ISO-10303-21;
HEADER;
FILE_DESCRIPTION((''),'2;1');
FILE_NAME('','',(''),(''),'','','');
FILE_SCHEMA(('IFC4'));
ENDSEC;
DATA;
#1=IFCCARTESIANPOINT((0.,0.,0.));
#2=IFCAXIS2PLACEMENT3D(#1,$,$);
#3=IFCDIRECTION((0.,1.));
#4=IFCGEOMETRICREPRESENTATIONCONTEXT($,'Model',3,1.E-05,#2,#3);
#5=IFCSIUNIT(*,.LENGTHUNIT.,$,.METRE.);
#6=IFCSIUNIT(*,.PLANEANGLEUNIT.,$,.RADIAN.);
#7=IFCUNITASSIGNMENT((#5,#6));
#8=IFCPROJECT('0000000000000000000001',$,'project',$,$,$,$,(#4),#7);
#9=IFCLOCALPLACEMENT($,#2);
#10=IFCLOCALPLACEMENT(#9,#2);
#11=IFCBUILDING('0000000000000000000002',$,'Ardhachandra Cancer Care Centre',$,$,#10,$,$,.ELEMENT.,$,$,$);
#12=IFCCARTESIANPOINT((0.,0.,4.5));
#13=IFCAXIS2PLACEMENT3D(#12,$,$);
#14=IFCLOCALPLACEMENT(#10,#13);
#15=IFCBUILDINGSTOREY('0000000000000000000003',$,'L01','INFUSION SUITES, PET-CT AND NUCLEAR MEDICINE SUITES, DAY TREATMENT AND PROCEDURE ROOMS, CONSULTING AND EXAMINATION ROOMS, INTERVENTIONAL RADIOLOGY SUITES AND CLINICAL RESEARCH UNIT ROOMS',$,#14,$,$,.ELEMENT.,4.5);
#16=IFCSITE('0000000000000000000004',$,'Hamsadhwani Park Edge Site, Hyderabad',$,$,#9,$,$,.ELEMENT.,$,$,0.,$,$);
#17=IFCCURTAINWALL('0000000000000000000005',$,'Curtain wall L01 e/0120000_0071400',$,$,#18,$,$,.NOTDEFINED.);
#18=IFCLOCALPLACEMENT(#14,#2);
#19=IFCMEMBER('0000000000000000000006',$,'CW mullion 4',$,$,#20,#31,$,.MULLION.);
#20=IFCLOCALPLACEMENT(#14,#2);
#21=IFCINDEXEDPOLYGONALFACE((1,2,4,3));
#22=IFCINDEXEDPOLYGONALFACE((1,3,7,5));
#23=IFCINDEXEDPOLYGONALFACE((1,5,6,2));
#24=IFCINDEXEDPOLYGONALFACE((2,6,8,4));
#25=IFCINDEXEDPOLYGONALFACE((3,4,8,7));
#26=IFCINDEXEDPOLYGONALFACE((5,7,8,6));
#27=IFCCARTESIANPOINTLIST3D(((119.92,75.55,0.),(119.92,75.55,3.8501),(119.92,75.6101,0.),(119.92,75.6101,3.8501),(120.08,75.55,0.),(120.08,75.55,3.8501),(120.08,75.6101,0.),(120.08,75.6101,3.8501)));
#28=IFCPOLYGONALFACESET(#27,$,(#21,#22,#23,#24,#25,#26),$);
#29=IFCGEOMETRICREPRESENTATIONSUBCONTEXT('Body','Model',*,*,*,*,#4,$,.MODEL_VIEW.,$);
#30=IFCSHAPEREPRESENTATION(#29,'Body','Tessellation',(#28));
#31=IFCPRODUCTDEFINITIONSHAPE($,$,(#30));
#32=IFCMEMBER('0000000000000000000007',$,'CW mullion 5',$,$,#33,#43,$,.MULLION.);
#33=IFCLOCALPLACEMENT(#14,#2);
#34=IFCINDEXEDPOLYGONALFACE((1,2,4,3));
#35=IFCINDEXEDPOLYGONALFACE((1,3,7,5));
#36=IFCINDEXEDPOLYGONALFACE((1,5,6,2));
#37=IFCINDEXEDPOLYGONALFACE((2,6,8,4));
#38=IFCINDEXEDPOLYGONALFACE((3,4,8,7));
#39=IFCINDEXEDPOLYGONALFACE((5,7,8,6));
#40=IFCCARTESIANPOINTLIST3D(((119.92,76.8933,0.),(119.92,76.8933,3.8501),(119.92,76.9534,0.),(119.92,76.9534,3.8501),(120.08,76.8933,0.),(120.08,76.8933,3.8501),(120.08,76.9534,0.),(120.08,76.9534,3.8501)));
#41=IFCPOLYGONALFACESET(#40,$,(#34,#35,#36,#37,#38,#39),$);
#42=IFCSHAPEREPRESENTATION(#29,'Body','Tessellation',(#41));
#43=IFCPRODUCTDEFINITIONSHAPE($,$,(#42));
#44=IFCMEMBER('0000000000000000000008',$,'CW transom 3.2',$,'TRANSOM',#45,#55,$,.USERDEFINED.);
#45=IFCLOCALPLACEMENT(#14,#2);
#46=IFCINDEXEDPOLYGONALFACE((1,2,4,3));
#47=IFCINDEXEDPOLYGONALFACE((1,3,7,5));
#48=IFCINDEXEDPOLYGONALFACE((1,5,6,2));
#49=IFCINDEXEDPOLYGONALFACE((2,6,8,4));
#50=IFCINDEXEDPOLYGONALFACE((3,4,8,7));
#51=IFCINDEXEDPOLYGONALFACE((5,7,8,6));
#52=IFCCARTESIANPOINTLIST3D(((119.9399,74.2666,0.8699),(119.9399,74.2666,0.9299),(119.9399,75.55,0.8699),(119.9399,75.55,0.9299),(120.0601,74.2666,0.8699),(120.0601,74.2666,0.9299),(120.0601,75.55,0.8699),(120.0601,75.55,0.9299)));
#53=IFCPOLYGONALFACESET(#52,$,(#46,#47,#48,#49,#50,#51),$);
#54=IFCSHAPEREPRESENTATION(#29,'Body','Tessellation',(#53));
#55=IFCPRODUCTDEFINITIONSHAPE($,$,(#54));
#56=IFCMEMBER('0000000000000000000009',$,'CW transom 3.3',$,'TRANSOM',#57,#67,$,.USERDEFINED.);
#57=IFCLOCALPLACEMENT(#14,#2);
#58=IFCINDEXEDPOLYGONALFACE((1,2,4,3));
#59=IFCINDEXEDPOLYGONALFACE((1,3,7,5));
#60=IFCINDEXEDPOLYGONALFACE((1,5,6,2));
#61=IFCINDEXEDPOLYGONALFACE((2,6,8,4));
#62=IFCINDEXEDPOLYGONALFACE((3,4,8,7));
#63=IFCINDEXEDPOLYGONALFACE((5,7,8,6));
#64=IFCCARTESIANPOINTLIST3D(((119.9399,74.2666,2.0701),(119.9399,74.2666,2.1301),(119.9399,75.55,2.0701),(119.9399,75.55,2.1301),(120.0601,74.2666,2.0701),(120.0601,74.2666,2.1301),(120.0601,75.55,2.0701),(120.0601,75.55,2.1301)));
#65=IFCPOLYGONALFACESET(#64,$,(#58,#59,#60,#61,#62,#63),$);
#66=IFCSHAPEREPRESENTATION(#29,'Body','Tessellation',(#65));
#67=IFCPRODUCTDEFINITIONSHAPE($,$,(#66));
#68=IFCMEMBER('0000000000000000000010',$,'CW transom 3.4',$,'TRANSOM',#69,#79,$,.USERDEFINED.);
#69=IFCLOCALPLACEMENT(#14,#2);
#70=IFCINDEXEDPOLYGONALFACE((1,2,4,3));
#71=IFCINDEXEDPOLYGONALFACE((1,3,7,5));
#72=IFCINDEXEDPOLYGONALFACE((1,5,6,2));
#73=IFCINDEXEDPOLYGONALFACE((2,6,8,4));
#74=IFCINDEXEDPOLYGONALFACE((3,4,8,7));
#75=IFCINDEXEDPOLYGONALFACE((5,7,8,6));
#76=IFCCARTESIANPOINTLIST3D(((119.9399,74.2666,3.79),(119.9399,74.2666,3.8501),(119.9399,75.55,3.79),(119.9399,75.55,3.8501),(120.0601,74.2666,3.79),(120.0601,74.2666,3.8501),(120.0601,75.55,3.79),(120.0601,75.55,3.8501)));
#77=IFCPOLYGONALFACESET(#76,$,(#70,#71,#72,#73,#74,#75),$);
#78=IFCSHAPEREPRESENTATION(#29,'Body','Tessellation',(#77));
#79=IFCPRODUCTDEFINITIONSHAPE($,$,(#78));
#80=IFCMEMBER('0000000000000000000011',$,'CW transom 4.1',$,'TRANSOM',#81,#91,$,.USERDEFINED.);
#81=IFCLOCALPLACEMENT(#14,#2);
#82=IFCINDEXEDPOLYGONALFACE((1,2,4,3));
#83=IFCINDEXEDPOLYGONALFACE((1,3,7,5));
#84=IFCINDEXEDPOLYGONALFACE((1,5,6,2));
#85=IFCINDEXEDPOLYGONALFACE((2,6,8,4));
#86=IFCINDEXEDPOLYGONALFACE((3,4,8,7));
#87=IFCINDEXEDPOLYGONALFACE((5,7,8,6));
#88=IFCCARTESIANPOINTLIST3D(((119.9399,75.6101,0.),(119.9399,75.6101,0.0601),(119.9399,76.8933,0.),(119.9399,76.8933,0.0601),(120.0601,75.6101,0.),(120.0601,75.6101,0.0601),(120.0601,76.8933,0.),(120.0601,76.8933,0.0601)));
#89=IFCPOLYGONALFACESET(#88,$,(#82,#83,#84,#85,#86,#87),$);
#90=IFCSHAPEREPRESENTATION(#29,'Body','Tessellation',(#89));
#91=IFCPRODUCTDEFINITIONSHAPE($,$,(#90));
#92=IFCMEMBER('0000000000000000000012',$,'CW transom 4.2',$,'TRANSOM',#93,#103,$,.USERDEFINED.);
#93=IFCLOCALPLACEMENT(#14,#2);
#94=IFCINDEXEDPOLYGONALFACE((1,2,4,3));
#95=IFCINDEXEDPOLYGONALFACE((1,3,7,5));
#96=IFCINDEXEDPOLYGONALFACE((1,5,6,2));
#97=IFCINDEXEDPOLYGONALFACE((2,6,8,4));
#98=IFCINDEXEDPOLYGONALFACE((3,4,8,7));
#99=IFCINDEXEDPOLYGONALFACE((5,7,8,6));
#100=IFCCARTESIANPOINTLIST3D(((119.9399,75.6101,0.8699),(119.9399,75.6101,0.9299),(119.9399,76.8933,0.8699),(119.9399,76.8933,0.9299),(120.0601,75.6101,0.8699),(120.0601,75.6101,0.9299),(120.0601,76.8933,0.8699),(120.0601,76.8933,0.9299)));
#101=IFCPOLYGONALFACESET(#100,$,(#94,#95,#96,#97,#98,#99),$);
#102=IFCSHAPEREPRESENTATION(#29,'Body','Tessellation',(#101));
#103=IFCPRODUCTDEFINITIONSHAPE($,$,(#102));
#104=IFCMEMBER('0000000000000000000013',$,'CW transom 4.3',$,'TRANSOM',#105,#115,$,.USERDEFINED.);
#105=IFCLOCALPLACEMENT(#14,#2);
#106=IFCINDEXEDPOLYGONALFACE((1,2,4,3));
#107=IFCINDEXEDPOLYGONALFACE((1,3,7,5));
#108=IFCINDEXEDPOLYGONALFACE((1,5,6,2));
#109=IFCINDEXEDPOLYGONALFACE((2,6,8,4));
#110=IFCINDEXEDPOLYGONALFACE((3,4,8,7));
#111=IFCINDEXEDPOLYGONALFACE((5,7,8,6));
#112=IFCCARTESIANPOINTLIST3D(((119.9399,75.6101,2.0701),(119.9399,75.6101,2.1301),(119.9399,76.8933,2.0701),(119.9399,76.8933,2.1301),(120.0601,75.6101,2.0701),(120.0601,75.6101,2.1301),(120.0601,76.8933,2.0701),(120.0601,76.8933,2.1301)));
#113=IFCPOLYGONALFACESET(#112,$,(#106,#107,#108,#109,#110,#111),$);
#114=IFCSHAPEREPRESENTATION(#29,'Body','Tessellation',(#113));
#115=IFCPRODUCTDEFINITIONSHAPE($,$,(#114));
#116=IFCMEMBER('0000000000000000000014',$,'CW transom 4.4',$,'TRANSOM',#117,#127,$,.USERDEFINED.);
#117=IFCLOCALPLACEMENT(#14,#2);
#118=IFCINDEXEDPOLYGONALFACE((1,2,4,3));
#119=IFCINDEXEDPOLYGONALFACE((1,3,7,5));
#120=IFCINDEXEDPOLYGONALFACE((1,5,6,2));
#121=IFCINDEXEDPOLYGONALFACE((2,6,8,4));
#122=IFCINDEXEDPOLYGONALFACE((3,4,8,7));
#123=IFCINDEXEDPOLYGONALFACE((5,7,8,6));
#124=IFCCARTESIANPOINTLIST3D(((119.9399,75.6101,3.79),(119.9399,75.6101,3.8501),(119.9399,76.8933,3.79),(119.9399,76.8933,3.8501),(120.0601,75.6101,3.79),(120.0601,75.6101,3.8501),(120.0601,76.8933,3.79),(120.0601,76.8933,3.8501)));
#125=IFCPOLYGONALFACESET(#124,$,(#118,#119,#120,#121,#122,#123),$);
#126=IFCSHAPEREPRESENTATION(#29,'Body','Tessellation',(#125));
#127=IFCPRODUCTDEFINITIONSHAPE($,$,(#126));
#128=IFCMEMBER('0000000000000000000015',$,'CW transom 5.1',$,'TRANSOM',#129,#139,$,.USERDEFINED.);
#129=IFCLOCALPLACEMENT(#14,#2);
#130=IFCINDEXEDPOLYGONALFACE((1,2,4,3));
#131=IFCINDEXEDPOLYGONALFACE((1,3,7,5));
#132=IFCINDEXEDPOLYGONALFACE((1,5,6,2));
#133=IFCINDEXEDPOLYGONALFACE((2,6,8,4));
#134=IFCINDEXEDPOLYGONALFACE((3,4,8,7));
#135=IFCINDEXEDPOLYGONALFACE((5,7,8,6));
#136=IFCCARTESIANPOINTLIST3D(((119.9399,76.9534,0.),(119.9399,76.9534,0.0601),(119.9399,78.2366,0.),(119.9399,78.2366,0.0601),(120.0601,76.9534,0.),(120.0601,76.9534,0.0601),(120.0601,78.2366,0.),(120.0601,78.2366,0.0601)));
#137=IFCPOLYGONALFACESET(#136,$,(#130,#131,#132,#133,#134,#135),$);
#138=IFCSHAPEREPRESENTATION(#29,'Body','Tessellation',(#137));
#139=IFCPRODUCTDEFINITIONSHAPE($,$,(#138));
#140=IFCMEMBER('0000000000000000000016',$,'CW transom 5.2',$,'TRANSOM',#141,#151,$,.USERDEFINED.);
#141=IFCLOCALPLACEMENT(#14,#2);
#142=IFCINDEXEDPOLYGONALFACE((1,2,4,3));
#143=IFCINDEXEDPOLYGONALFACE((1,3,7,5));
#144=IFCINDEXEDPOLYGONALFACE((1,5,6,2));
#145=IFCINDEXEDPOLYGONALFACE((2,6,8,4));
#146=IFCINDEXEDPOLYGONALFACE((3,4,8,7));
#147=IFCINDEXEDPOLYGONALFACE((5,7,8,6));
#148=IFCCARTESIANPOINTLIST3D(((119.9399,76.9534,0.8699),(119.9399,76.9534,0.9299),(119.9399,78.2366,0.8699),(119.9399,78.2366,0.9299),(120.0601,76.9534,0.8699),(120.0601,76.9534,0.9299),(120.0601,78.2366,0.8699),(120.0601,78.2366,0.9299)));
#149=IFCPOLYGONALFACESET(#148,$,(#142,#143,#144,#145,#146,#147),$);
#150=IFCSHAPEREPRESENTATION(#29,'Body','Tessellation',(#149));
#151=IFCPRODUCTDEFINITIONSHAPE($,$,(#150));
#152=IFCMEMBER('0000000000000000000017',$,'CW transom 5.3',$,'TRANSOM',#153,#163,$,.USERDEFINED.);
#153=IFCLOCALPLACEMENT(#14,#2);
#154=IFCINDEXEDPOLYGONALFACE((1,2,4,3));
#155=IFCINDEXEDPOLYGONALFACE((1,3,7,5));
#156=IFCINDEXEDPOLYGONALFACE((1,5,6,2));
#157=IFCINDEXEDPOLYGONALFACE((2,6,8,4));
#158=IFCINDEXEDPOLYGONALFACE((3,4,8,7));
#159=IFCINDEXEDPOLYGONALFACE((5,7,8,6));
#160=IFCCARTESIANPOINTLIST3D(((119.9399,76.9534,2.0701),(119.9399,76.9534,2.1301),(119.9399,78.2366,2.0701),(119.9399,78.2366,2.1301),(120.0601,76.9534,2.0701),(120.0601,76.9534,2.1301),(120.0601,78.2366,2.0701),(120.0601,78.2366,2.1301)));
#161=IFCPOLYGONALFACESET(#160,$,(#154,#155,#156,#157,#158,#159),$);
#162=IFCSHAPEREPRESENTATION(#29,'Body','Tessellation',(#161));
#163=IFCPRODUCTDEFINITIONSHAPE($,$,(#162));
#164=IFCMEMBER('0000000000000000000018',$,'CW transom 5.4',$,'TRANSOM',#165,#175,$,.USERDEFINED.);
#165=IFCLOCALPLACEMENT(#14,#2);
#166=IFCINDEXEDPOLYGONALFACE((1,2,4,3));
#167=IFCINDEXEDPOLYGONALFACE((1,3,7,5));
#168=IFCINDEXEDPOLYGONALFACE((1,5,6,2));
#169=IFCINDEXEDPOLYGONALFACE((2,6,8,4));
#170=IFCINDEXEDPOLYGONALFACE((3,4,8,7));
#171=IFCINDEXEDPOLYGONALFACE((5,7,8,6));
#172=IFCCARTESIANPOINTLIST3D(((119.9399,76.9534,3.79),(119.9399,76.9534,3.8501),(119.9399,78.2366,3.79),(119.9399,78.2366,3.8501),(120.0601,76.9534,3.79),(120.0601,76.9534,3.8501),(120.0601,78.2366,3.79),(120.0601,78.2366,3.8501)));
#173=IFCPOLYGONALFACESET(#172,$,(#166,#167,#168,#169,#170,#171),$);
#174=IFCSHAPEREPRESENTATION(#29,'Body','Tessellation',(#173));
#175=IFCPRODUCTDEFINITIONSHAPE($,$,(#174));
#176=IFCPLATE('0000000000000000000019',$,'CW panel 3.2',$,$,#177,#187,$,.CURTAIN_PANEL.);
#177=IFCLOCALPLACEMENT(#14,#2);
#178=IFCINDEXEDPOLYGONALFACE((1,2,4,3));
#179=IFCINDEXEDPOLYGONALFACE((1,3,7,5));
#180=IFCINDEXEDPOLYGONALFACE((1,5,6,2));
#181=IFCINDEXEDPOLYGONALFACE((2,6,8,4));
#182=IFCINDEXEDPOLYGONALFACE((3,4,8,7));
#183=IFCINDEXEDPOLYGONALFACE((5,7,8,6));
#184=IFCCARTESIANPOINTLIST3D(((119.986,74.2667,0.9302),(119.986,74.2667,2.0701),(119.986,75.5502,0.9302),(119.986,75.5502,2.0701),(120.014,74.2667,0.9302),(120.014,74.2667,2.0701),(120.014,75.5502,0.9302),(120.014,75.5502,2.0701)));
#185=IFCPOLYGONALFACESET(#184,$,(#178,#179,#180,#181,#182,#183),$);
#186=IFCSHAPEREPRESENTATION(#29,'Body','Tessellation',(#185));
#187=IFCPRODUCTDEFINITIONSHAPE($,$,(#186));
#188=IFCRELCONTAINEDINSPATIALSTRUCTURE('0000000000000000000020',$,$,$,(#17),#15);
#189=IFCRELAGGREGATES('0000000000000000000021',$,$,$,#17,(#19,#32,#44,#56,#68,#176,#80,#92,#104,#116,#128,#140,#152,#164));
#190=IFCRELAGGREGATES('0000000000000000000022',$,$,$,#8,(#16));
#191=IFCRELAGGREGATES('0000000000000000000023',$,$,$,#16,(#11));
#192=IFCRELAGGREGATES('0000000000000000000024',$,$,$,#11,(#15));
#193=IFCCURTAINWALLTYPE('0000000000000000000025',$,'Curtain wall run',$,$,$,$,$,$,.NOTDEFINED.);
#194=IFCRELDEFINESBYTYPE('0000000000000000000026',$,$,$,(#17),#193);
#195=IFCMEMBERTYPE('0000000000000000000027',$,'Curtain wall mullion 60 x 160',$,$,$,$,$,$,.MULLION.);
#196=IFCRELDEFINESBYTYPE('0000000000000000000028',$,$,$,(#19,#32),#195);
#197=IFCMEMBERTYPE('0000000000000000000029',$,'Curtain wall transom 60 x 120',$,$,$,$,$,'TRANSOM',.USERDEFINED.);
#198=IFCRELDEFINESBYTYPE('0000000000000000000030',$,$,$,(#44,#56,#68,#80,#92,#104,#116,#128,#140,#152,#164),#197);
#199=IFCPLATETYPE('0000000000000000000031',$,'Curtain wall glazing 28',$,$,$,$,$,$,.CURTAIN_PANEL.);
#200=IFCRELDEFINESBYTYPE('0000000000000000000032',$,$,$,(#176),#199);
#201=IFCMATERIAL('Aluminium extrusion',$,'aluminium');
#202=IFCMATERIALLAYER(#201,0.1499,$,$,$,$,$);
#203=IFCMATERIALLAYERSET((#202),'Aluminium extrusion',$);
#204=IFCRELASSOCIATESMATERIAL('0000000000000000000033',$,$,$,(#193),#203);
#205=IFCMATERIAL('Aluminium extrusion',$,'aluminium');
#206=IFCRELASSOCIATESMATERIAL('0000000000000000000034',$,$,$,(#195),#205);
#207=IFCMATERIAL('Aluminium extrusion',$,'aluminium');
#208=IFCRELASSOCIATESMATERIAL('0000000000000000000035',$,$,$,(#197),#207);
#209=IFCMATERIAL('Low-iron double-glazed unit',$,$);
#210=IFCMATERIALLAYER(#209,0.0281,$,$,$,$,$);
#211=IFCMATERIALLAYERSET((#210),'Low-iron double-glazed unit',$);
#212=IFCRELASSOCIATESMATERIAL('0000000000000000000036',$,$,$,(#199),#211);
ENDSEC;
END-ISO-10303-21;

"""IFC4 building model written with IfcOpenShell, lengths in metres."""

from ifc_helpers import new_model, si_unit, direction, frame, origin, origin_2d, place, context, subcontext, project, spatial, rectangle, extrude, material, layer, layer_set, material_profile, profile_set, type_object, element, aggregate, save


model = new_model("IFC4")

# Units and contexts
model_context = context("Model", 3, precision=1e-05, world=origin(), true_north=direction((0.0, 1.0)))
body_context = subcontext(model_context, "Body", "Model", "MODEL_VIEW")
ifc_project = project(units=[si_unit("LENGTHUNIT", "METRE"), si_unit("PLANEANGLEUNIT", "RADIAN")], contexts=[model_context])

# Site, building, storey
site_placement = place(None, origin())
site = spatial("IfcSite", under=ifc_project, at=site_placement, Name="Hamsadhwani Park Edge Site, Hyderabad", CompositionType="ELEMENT", RefElevation=0.0)
building_placement = place(site_placement, origin())
building = spatial("IfcBuilding", under=site, at=building_placement, Name="Ardhachandra Cancer Care Centre", CompositionType="ELEMENT")
storey_placement = place(building_placement, frame((0.0, 0.0, 4.5)))
storey = spatial("IfcBuildingStorey", under=building, at=storey_placement, Name="L01", Description="INFUSION SUITES, PET-CT AND NUCLEAR MEDICINE SUITES, DAY TREATMENT AND PROCEDURE ROOMS, CONSULTING AND EXAMINATION ROOMS, INTERVENTIONAL RADIOLOGY SUITES AND CLINICAL RESEARCH UNIT ROOMS", CompositionType="ELEMENT", Elevation=4.5)

# Curtain wall, members, plate
ifc_material_1 = material(Name="Aluminium extrusion", Category="aluminium")
ifc_layer_1 = layer(ifc_material_1, 0.1499)
ifc_layer_set_1 = layer_set([ifc_layer_1], Name="Aluminium extrusion")
curtain_wall_type = type_object("IfcCurtainWallType", Name="Curtain wall run", PredefinedType="NOTDEFINED", material=ifc_layer_set_1)
curtain_wall_placement = place(storey_placement, origin())
curtain_wall = element("IfcCurtainWall", 1, at=curtain_wall_placement, inside=storey, type_object=curtain_wall_type, Name="Curtain wall L01 e/0120000_0071400", PredefinedType="NOTDEFINED")
ifc_material_2 = material(Name="Aluminium extrusion", Category="aluminium")
ifc_material_profile_1 = material_profile(ifc_material_2, rectangle(XDim=0.1599, YDim=0.0601, at=origin_2d()), Name="Curtain wall mullion 60 x 160")
ifc_profile_set_1 = profile_set([ifc_material_profile_1], Name="Aluminium extrusion")
member_type_1 = type_object("IfcMemberType", Name="Curtain wall mullion 60 x 160", PredefinedType="MULLION", material=ifc_profile_set_1)
member_1_placement = place(storey_placement, frame((120.0, 75.5801, 0.0), z_axis=(0.0, 0.0, 1.0), x_axis=(-1.0, 0.0, 0.0)))
member_1 = element("IfcMember", 2, at=member_1_placement, type_object=member_type_1, Name="CW mullion 4", PredefinedType="MULLION", context=body_context, shape_type="SweptSolid", body=[
    extrude(rectangle(XDim=0.1599, YDim=0.0601, at=origin_2d()), origin(), (0.0, 0.0, 1.0), 3.8501),
])
member_2_placement = place(storey_placement, frame((120.0, 76.9233, 0.0), z_axis=(0.0, 0.0, 1.0), x_axis=(-1.0, 0.0, 0.0)))
member_2 = element("IfcMember", 3, at=member_2_placement, type_object=member_type_1, Name="CW mullion 5", PredefinedType="MULLION", context=body_context, shape_type="SweptSolid", body=[
    extrude(rectangle(XDim=0.1599, YDim=0.0601, at=origin_2d()), origin(), (0.0, 0.0, 1.0), 3.8501),
])
ifc_material_3 = material(Name="Aluminium extrusion", Category="aluminium")
ifc_material_profile_2 = material_profile(ifc_material_3, rectangle(XDim=0.1201, YDim=0.0601, at=origin_2d()), Name="Curtain wall transom 60 x 120")
ifc_profile_set_2 = profile_set([ifc_material_profile_2], Name="Aluminium extrusion")
member_type_2 = type_object("IfcMemberType", Name="Curtain wall transom 60 x 120", ElementType="TRANSOM", PredefinedType="USERDEFINED", material=ifc_profile_set_2)
member_3_placement = place(storey_placement, frame((120.0, 74.2666, 0.8999), z_axis=(0.0, 1.0, 0.0), x_axis=(-1.0, 0.0, 0.0)))
member_3 = element("IfcMember", 4, at=member_3_placement, type_object=member_type_2, Name="CW transom 3.2", ObjectType="TRANSOM", PredefinedType="USERDEFINED", context=body_context, shape_type="SweptSolid", body=[
    extrude(rectangle(XDim=0.1201, YDim=0.0601, at=origin_2d()), origin(), (0.0, 0.0, 1.0), 1.2834),
])
member_4_placement = place(storey_placement, frame((120.0, 74.2666, 2.1001), z_axis=(0.0, 1.0, 0.0), x_axis=(-1.0, 0.0, 0.0)))
member_4 = element("IfcMember", 5, at=member_4_placement, type_object=member_type_2, Name="CW transom 3.3", ObjectType="TRANSOM", PredefinedType="USERDEFINED", context=body_context, shape_type="SweptSolid", body=[
    extrude(rectangle(XDim=0.1201, YDim=0.0601, at=origin_2d()), origin(), (0.0, 0.0, 1.0), 1.2834),
])
member_5_placement = place(storey_placement, frame((120.0, 74.2666, 3.8201), z_axis=(0.0, 1.0, 0.0), x_axis=(-1.0, 0.0, 0.0)))
member_5 = element("IfcMember", 6, at=member_5_placement, type_object=member_type_2, Name="CW transom 3.4", ObjectType="TRANSOM", PredefinedType="USERDEFINED", context=body_context, shape_type="SweptSolid", body=[
    extrude(rectangle(XDim=0.1201, YDim=0.0601, at=origin_2d()), origin(), (0.0, 0.0, 1.0), 1.2834),
])
member_6_placement = place(storey_placement, frame((120.0, 75.6101, 0.03), z_axis=(0.0, 1.0, 0.0), x_axis=(-1.0, 0.0, 0.0)))
member_6 = element("IfcMember", 7, at=member_6_placement, type_object=member_type_2, Name="CW transom 4.1", ObjectType="TRANSOM", PredefinedType="USERDEFINED", context=body_context, shape_type="SweptSolid", body=[
    extrude(rectangle(XDim=0.1201, YDim=0.0601, at=origin_2d()), origin(), (0.0, 0.0, 1.0), 1.2832),
])
member_7_placement = place(storey_placement, frame((120.0, 75.6101, 0.8999), z_axis=(0.0, 1.0, 0.0), x_axis=(-1.0, 0.0, 0.0)))
member_7 = element("IfcMember", 8, at=member_7_placement, type_object=member_type_2, Name="CW transom 4.2", ObjectType="TRANSOM", PredefinedType="USERDEFINED", context=body_context, shape_type="SweptSolid", body=[
    extrude(rectangle(XDim=0.1201, YDim=0.0601, at=origin_2d()), origin(), (0.0, 0.0, 1.0), 1.2832),
])
member_8_placement = place(storey_placement, frame((120.0, 75.6101, 2.1001), z_axis=(0.0, 1.0, 0.0), x_axis=(-1.0, 0.0, 0.0)))
member_8 = element("IfcMember", 9, at=member_8_placement, type_object=member_type_2, Name="CW transom 4.3", ObjectType="TRANSOM", PredefinedType="USERDEFINED", context=body_context, shape_type="SweptSolid", body=[
    extrude(rectangle(XDim=0.1201, YDim=0.0601, at=origin_2d()), origin(), (0.0, 0.0, 1.0), 1.2832),
])
member_9_placement = place(storey_placement, frame((120.0, 75.6101, 3.8201), z_axis=(0.0, 1.0, 0.0), x_axis=(-1.0, 0.0, 0.0)))
member_9 = element("IfcMember", 10, at=member_9_placement, type_object=member_type_2, Name="CW transom 4.4", ObjectType="TRANSOM", PredefinedType="USERDEFINED", context=body_context, shape_type="SweptSolid", body=[
    extrude(rectangle(XDim=0.1201, YDim=0.0601, at=origin_2d()), origin(), (0.0, 0.0, 1.0), 1.2832),
])
member_10_placement = place(storey_placement, frame((120.0, 76.9534, 0.03), z_axis=(0.0, 1.0, 0.0), x_axis=(-1.0, 0.0, 0.0)))
member_10 = element("IfcMember", 11, at=member_10_placement, type_object=member_type_2, Name="CW transom 5.1", ObjectType="TRANSOM", PredefinedType="USERDEFINED", context=body_context, shape_type="SweptSolid", body=[
    extrude(rectangle(XDim=0.1201, YDim=0.0601, at=origin_2d()), origin(), (0.0, 0.0, 1.0), 1.2832),
])
member_11_placement = place(storey_placement, frame((120.0, 76.9534, 0.8999), z_axis=(0.0, 1.0, 0.0), x_axis=(-1.0, 0.0, 0.0)))
member_11 = element("IfcMember", 12, at=member_11_placement, type_object=member_type_2, Name="CW transom 5.2", ObjectType="TRANSOM", PredefinedType="USERDEFINED", context=body_context, shape_type="SweptSolid", body=[
    extrude(rectangle(XDim=0.1201, YDim=0.0601, at=origin_2d()), origin(), (0.0, 0.0, 1.0), 1.2832),
])
member_12_placement = place(storey_placement, frame((120.0, 76.9534, 2.1001), z_axis=(0.0, 1.0, 0.0), x_axis=(-1.0, 0.0, 0.0)))
member_12 = element("IfcMember", 13, at=member_12_placement, type_object=member_type_2, Name="CW transom 5.3", ObjectType="TRANSOM", PredefinedType="USERDEFINED", context=body_context, shape_type="SweptSolid", body=[
    extrude(rectangle(XDim=0.1201, YDim=0.0601, at=origin_2d()), origin(), (0.0, 0.0, 1.0), 1.2832),
])
member_13_placement = place(storey_placement, frame((120.0, 76.9534, 3.8201), z_axis=(0.0, 1.0, 0.0), x_axis=(-1.0, 0.0, 0.0)))
member_13 = element("IfcMember", 14, at=member_13_placement, type_object=member_type_2, Name="CW transom 5.4", ObjectType="TRANSOM", PredefinedType="USERDEFINED", context=body_context, shape_type="SweptSolid", body=[
    extrude(rectangle(XDim=0.1201, YDim=0.0601, at=origin_2d()), origin(), (0.0, 0.0, 1.0), 1.2832),
])
ifc_material_4 = material(Name="Low-iron double-glazed unit")
ifc_layer_2 = layer(ifc_material_4, 0.0281)
ifc_layer_set_2 = layer_set([ifc_layer_2], Name="Low-iron double-glazed unit")
plate_type_1 = type_object("IfcPlateType", Name="Curtain wall glazing 28", PredefinedType="CURTAIN_PANEL", material=ifc_layer_set_2)
plate_1_placement = place(storey_placement, frame((120.0, 74.9084, 0.9302), z_axis=(0.0, 0.0, 1.0), x_axis=(0.0, 1.0, 0.0)))
plate_1 = element("IfcPlate", 15, at=plate_1_placement, type_object=plate_type_1, Name="CW panel 3.2", PredefinedType="CURTAIN_PANEL", context=body_context, shape_type="SweptSolid", body=[
    extrude(rectangle(XDim=1.2834, YDim=0.0281, at=origin_2d()), origin(), (0.0, 0.0, 1.0), 1.1399),
])
aggregate(curtain_wall, [member_1, member_2, member_3, member_4, member_5, plate_1, member_6, member_7, member_8, member_9, member_10, member_11, member_12, member_13])

save(model, "model.ifc")
